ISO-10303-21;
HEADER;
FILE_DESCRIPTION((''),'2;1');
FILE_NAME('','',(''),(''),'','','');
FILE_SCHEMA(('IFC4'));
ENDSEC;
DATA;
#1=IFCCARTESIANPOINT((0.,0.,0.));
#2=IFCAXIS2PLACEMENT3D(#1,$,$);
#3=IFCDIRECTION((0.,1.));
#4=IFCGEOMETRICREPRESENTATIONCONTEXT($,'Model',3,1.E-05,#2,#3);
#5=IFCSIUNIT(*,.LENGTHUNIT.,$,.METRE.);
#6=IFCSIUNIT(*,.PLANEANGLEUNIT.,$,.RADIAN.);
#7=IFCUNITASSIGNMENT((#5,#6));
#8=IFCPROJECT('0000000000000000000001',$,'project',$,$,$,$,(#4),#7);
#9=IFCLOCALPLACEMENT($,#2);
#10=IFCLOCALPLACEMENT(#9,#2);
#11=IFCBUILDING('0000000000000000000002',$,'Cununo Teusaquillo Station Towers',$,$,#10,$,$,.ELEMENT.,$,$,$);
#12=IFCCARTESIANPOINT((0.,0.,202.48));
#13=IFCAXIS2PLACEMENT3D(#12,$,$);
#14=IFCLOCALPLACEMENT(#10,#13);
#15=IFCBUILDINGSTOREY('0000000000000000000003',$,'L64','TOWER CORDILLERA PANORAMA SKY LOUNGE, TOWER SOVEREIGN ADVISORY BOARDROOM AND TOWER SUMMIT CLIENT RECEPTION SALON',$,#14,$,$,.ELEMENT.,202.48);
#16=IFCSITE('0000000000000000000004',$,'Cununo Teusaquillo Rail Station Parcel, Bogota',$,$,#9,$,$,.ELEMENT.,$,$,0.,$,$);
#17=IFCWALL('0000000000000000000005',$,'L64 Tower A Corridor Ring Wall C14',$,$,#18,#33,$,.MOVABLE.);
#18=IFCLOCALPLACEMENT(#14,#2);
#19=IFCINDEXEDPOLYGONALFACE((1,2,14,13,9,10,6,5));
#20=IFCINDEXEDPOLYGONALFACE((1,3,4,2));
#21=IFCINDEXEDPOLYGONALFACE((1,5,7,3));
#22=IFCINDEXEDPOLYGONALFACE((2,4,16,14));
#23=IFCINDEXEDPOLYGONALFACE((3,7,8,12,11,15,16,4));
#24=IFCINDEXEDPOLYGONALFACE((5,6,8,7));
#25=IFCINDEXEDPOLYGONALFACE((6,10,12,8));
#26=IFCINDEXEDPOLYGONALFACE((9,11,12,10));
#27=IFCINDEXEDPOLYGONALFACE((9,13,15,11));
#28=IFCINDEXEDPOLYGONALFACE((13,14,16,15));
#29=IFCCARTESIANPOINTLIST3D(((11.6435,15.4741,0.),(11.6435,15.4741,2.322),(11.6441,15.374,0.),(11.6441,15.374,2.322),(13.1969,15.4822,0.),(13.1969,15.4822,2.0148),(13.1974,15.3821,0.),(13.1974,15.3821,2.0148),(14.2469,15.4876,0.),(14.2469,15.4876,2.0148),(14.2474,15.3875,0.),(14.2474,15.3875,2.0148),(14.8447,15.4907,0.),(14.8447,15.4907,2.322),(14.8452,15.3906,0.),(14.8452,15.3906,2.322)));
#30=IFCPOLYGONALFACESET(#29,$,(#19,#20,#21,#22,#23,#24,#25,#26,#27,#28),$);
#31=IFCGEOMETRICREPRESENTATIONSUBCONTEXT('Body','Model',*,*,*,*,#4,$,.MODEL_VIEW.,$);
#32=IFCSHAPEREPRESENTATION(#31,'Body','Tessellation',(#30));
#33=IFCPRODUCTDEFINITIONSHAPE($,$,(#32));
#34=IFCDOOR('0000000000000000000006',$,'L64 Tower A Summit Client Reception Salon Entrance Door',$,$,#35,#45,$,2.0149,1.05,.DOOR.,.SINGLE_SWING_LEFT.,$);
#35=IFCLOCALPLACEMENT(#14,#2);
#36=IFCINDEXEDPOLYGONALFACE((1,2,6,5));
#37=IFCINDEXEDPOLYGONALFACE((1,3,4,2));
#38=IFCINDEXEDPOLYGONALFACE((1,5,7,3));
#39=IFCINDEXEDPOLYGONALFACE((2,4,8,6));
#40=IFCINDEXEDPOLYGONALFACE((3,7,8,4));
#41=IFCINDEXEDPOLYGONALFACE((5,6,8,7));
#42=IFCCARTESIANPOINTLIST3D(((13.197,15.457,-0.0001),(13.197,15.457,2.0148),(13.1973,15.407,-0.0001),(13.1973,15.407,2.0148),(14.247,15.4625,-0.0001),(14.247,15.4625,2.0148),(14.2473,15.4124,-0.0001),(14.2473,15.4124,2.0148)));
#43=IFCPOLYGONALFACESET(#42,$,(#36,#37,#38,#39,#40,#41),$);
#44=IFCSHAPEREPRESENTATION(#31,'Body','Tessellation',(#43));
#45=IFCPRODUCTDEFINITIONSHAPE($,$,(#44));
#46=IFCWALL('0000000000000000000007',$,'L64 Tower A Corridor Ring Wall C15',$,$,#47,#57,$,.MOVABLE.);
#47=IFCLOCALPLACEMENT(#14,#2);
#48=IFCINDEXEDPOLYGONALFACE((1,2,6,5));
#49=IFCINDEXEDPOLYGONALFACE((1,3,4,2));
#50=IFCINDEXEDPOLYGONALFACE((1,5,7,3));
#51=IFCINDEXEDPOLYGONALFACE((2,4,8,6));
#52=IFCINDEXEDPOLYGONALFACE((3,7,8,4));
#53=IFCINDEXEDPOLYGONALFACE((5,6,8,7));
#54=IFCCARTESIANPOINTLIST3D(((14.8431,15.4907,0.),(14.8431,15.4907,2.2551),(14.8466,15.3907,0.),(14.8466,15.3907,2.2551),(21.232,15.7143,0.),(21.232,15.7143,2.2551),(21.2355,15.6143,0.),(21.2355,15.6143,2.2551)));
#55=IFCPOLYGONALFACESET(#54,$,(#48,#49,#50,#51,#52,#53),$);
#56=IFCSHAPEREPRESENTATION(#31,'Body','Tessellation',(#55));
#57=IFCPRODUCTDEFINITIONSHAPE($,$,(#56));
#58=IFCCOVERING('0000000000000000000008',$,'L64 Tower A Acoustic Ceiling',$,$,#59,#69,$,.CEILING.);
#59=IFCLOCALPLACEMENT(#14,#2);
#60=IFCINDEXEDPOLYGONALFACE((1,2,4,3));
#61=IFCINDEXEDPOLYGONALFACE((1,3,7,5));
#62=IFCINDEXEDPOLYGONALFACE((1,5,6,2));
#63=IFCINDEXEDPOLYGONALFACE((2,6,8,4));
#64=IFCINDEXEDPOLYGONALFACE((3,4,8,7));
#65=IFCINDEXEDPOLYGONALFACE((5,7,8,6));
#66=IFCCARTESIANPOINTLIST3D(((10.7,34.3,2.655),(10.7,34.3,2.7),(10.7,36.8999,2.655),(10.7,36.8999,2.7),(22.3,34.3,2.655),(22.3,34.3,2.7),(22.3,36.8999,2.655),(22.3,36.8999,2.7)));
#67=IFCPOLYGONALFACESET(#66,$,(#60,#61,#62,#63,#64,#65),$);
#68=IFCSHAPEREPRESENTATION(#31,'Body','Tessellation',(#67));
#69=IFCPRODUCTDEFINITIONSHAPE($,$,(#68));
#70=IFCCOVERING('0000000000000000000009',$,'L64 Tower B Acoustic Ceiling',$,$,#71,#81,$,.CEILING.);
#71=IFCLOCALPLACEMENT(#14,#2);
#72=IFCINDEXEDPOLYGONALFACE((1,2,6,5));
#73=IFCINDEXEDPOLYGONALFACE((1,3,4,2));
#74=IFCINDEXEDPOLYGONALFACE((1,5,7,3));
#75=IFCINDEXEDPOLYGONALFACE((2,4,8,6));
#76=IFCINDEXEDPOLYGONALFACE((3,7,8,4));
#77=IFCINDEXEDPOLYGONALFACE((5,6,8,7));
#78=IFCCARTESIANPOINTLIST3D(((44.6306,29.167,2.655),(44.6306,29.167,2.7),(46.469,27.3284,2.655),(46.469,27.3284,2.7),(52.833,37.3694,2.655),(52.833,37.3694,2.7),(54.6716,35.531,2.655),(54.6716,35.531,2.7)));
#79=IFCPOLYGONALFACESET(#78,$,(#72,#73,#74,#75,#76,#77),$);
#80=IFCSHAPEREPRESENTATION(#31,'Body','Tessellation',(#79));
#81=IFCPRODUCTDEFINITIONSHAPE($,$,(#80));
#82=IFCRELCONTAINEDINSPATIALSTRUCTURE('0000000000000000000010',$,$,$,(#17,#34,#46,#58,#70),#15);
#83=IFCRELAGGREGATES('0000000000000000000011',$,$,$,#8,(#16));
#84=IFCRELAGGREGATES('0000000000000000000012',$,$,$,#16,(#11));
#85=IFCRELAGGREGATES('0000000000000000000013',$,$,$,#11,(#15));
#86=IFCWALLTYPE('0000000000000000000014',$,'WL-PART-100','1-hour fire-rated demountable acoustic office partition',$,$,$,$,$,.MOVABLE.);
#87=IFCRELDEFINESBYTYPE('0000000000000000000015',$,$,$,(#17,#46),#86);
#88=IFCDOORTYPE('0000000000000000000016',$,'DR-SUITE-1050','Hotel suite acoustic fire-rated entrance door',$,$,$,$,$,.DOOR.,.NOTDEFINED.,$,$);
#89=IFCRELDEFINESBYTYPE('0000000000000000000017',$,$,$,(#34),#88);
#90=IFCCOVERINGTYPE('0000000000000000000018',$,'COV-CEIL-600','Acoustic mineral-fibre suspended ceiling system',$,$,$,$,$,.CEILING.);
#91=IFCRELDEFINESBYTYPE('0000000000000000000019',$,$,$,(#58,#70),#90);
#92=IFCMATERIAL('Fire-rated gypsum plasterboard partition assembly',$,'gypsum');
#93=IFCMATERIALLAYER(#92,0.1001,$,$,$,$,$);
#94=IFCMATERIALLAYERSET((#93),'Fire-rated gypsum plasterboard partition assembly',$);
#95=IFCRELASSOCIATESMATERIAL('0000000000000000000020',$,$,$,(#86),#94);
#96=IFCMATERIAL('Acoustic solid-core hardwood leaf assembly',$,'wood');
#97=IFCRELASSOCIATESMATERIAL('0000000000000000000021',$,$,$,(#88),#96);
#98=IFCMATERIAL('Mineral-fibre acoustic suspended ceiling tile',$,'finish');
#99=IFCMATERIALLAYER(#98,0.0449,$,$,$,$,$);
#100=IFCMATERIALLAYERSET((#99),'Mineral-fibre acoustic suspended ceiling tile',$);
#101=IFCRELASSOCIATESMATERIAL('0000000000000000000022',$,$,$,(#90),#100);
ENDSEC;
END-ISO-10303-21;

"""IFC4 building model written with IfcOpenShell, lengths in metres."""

from ifc_helpers import new_model, si_unit, direction, frame, frame_2d, origin, place, context, subcontext, project, spatial, polyline, rectangle, outline, extrude, source, transform, mapped, material, layer, layer_set, type_object, element, fill, save


model = new_model("IFC4")

# Units and contexts
model_context = context("Model", 3, precision=1e-05, world=origin(), true_north=direction((0.0, 1.0)))
body_context = subcontext(model_context, "Body", "Model", "MODEL_VIEW")
ifc_project = project(units=[si_unit("LENGTHUNIT", "METRE"), si_unit("PLANEANGLEUNIT", "RADIAN")], contexts=[model_context])

# Site, building, storey
site_placement = place(None, origin())
site = spatial("IfcSite", under=ifc_project, at=site_placement, Name="Cununo Teusaquillo Rail Station Parcel, Bogota", CompositionType="ELEMENT", RefElevation=0.0)
building_placement = place(site_placement, origin())
building = spatial("IfcBuilding", under=site, at=building_placement, Name="Cununo Teusaquillo Station Towers", CompositionType="ELEMENT")
storey_placement = place(building_placement, frame((0.0, 0.0, 202.48)))
storey = spatial("IfcBuildingStorey", under=building, at=storey_placement, Name="L64", Description="TOWER CORDILLERA PANORAMA SKY LOUNGE, TOWER SOVEREIGN ADVISORY BOARDROOM AND TOWER SUMMIT CLIENT RECEPTION SALON", CompositionType="ELEMENT", Elevation=202.48)

# Shared definitions
ifc_material_1 = material(Name="Fire-rated gypsum plasterboard partition assembly", Category="gypsum")
ifc_layer_1 = layer(ifc_material_1, 0.1001)
ifc_layer_set_1 = layer_set([ifc_layer_1], Name="Fire-rated gypsum plasterboard partition assembly")
wall_type_1 = type_object("IfcWallType", Name="WL-PART-100", Description="1-hour fire-rated demountable acoustic office partition", PredefinedType="MOVABLE", material=ifc_layer_set_1)

# Wall, opening, door
wall_1_placement = place(storey_placement, frame((11.6438, 15.4241, 0.0), z_axis=(0.0, 0.0, 1.0), x_axis=(0.999987, 0.005186, 0.0)))
wall_1 = element("IfcWall", 1, at=wall_1_placement, inside=storey, type_object=wall_type_1, Name="L64 Tower A Corridor Ring Wall C14", PredefinedType="MOVABLE", context=body_context, shape_type="SweptSolid", body=[
    extrude(rectangle(XDim=3.2012, YDim=0.1001, at=frame_2d((1.6006, 0.0))), origin(), (0.0, 0.0, 1.0), 2.322),
])
shared_shape_1 = source(origin(), body_context, "Body", "SweptSolid", [
    extrude(rectangle(XDim=1.05, YDim=2.0149, at=frame_2d((0.5249, 1.0073))), frame((0.0, 0.0601, 0.0), z_axis=(0.0, -1.0, 0.0), x_axis=(1.0, 0.0, 0.0)), (0.0, 0.0, 1.0), 0.1201),
])
opening_1_placement = place(wall_1_placement, frame((1.5535, 0.0, 0.0)))
opening_1 = element("IfcOpeningElement", 2, at=opening_1_placement, cuts=wall_1, PredefinedType="OPENING", context=body_context, shape_type="MappedRepresentation", body=[
    mapped(shared_shape_1, transform((0.0, 0.0, 0.0), x_axis=(1.0, 0.0, 0.0), y_axis=(0.0, 1.0, 0.0), z_axis=(0.0, 0.0, 1.0), scale=1.0)),
])
ifc_material_2 = material(Name="Acoustic solid-core hardwood leaf assembly", Category="wood")
door_type = type_object("IfcDoorType", Name="DR-SUITE-1050", Description="Hotel suite acoustic fire-rated entrance door", OperationType="NOTDEFINED", PredefinedType="DOOR", material=ifc_material_2)
shared_shape_2 = source(origin(), body_context, "Body", "SweptSolid", [
    extrude(rectangle(XDim=1.05, YDim=2.0149, at=frame_2d((0.5249, 1.0073))), frame((0.0, 0.0249, 0.0), z_axis=(0.0, -1.0, 0.0), x_axis=(1.0, 0.0, 0.0)), (0.0, 0.0, 1.0), 0.05),
])
door_placement = place(opening_1_placement, origin())
door = element("IfcDoor", 3, at=door_placement, inside=storey, type_object=door_type, Name="L64 Tower A Summit Client Reception Salon Entrance Door", OperationType="SINGLE_SWING_LEFT", OverallHeight=2.0149, OverallWidth=1.05, PredefinedType="DOOR", context=body_context, shape_type="MappedRepresentation", body=[
    mapped(shared_shape_2, transform((0.0, 0.0, 0.0), x_axis=(1.0, 0.0, 0.0), y_axis=(0.0, 1.0, 0.0), z_axis=(0.0, 0.0, 1.0), scale=1.0)),
])
fill(opening_1, door)

# Wall
wall_2_placement = place(storey_placement, frame((14.845, 15.4407, 0.0), z_axis=(0.0, 0.0, 1.0), x_axis=(0.999388, 0.034982, 0.0)))
element("IfcWall", 4, at=wall_2_placement, inside=storey, type_object=wall_type_1, Name="L64 Tower A Corridor Ring Wall C15", PredefinedType="MOVABLE", context=body_context, shape_type="SweptSolid", body=[
    extrude(rectangle(XDim=6.3928, YDim=0.1001, at=frame_2d((3.1963, 0.0))), origin(), (0.0, 0.0, 1.0), 2.2551),
])

# Coverings
ifc_material_3 = material(Name="Mineral-fibre acoustic suspended ceiling tile", Category="finish")
ifc_layer_2 = layer(ifc_material_3, 0.0449)
ifc_layer_set_2 = layer_set([ifc_layer_2], Name="Mineral-fibre acoustic suspended ceiling tile")
covering_type = type_object("IfcCoveringType", Name="COV-CEIL-600", Description="Acoustic mineral-fibre suspended ceiling system", PredefinedType="CEILING", material=ifc_layer_set_2)
covering_1_placement = place(storey_placement, frame((0.0, 0.0, 2.655)))
element("IfcCovering", 5, at=covering_1_placement, inside=storey, type_object=covering_type, Name="L64 Tower A Acoustic Ceiling", PredefinedType="CEILING", context=body_context, shape_type="SweptSolid", body=[
    extrude(outline(polyline([(22.3, 36.8999), (22.3, 34.3), (10.7, 34.3), (10.7, 36.8999), (22.3, 36.8999)])), origin(), (0.0, 0.0, 1.0), 0.0449),
])
covering_2_placement = place(storey_placement, frame((0.0, 0.0, 2.655)))
element("IfcCovering", 6, at=covering_2_placement, inside=storey, type_object=covering_type, Name="L64 Tower B Acoustic Ceiling", PredefinedType="CEILING", context=body_context, shape_type="SweptSolid", body=[
    extrude(outline(polyline([(52.833, 37.3694), (54.6716, 35.531), (46.469, 27.3284), (44.6306, 29.167), (52.833, 37.3694)])), origin(), (0.0, 0.0, 1.0), 0.0449),
])

save(model, "model.ifc")
